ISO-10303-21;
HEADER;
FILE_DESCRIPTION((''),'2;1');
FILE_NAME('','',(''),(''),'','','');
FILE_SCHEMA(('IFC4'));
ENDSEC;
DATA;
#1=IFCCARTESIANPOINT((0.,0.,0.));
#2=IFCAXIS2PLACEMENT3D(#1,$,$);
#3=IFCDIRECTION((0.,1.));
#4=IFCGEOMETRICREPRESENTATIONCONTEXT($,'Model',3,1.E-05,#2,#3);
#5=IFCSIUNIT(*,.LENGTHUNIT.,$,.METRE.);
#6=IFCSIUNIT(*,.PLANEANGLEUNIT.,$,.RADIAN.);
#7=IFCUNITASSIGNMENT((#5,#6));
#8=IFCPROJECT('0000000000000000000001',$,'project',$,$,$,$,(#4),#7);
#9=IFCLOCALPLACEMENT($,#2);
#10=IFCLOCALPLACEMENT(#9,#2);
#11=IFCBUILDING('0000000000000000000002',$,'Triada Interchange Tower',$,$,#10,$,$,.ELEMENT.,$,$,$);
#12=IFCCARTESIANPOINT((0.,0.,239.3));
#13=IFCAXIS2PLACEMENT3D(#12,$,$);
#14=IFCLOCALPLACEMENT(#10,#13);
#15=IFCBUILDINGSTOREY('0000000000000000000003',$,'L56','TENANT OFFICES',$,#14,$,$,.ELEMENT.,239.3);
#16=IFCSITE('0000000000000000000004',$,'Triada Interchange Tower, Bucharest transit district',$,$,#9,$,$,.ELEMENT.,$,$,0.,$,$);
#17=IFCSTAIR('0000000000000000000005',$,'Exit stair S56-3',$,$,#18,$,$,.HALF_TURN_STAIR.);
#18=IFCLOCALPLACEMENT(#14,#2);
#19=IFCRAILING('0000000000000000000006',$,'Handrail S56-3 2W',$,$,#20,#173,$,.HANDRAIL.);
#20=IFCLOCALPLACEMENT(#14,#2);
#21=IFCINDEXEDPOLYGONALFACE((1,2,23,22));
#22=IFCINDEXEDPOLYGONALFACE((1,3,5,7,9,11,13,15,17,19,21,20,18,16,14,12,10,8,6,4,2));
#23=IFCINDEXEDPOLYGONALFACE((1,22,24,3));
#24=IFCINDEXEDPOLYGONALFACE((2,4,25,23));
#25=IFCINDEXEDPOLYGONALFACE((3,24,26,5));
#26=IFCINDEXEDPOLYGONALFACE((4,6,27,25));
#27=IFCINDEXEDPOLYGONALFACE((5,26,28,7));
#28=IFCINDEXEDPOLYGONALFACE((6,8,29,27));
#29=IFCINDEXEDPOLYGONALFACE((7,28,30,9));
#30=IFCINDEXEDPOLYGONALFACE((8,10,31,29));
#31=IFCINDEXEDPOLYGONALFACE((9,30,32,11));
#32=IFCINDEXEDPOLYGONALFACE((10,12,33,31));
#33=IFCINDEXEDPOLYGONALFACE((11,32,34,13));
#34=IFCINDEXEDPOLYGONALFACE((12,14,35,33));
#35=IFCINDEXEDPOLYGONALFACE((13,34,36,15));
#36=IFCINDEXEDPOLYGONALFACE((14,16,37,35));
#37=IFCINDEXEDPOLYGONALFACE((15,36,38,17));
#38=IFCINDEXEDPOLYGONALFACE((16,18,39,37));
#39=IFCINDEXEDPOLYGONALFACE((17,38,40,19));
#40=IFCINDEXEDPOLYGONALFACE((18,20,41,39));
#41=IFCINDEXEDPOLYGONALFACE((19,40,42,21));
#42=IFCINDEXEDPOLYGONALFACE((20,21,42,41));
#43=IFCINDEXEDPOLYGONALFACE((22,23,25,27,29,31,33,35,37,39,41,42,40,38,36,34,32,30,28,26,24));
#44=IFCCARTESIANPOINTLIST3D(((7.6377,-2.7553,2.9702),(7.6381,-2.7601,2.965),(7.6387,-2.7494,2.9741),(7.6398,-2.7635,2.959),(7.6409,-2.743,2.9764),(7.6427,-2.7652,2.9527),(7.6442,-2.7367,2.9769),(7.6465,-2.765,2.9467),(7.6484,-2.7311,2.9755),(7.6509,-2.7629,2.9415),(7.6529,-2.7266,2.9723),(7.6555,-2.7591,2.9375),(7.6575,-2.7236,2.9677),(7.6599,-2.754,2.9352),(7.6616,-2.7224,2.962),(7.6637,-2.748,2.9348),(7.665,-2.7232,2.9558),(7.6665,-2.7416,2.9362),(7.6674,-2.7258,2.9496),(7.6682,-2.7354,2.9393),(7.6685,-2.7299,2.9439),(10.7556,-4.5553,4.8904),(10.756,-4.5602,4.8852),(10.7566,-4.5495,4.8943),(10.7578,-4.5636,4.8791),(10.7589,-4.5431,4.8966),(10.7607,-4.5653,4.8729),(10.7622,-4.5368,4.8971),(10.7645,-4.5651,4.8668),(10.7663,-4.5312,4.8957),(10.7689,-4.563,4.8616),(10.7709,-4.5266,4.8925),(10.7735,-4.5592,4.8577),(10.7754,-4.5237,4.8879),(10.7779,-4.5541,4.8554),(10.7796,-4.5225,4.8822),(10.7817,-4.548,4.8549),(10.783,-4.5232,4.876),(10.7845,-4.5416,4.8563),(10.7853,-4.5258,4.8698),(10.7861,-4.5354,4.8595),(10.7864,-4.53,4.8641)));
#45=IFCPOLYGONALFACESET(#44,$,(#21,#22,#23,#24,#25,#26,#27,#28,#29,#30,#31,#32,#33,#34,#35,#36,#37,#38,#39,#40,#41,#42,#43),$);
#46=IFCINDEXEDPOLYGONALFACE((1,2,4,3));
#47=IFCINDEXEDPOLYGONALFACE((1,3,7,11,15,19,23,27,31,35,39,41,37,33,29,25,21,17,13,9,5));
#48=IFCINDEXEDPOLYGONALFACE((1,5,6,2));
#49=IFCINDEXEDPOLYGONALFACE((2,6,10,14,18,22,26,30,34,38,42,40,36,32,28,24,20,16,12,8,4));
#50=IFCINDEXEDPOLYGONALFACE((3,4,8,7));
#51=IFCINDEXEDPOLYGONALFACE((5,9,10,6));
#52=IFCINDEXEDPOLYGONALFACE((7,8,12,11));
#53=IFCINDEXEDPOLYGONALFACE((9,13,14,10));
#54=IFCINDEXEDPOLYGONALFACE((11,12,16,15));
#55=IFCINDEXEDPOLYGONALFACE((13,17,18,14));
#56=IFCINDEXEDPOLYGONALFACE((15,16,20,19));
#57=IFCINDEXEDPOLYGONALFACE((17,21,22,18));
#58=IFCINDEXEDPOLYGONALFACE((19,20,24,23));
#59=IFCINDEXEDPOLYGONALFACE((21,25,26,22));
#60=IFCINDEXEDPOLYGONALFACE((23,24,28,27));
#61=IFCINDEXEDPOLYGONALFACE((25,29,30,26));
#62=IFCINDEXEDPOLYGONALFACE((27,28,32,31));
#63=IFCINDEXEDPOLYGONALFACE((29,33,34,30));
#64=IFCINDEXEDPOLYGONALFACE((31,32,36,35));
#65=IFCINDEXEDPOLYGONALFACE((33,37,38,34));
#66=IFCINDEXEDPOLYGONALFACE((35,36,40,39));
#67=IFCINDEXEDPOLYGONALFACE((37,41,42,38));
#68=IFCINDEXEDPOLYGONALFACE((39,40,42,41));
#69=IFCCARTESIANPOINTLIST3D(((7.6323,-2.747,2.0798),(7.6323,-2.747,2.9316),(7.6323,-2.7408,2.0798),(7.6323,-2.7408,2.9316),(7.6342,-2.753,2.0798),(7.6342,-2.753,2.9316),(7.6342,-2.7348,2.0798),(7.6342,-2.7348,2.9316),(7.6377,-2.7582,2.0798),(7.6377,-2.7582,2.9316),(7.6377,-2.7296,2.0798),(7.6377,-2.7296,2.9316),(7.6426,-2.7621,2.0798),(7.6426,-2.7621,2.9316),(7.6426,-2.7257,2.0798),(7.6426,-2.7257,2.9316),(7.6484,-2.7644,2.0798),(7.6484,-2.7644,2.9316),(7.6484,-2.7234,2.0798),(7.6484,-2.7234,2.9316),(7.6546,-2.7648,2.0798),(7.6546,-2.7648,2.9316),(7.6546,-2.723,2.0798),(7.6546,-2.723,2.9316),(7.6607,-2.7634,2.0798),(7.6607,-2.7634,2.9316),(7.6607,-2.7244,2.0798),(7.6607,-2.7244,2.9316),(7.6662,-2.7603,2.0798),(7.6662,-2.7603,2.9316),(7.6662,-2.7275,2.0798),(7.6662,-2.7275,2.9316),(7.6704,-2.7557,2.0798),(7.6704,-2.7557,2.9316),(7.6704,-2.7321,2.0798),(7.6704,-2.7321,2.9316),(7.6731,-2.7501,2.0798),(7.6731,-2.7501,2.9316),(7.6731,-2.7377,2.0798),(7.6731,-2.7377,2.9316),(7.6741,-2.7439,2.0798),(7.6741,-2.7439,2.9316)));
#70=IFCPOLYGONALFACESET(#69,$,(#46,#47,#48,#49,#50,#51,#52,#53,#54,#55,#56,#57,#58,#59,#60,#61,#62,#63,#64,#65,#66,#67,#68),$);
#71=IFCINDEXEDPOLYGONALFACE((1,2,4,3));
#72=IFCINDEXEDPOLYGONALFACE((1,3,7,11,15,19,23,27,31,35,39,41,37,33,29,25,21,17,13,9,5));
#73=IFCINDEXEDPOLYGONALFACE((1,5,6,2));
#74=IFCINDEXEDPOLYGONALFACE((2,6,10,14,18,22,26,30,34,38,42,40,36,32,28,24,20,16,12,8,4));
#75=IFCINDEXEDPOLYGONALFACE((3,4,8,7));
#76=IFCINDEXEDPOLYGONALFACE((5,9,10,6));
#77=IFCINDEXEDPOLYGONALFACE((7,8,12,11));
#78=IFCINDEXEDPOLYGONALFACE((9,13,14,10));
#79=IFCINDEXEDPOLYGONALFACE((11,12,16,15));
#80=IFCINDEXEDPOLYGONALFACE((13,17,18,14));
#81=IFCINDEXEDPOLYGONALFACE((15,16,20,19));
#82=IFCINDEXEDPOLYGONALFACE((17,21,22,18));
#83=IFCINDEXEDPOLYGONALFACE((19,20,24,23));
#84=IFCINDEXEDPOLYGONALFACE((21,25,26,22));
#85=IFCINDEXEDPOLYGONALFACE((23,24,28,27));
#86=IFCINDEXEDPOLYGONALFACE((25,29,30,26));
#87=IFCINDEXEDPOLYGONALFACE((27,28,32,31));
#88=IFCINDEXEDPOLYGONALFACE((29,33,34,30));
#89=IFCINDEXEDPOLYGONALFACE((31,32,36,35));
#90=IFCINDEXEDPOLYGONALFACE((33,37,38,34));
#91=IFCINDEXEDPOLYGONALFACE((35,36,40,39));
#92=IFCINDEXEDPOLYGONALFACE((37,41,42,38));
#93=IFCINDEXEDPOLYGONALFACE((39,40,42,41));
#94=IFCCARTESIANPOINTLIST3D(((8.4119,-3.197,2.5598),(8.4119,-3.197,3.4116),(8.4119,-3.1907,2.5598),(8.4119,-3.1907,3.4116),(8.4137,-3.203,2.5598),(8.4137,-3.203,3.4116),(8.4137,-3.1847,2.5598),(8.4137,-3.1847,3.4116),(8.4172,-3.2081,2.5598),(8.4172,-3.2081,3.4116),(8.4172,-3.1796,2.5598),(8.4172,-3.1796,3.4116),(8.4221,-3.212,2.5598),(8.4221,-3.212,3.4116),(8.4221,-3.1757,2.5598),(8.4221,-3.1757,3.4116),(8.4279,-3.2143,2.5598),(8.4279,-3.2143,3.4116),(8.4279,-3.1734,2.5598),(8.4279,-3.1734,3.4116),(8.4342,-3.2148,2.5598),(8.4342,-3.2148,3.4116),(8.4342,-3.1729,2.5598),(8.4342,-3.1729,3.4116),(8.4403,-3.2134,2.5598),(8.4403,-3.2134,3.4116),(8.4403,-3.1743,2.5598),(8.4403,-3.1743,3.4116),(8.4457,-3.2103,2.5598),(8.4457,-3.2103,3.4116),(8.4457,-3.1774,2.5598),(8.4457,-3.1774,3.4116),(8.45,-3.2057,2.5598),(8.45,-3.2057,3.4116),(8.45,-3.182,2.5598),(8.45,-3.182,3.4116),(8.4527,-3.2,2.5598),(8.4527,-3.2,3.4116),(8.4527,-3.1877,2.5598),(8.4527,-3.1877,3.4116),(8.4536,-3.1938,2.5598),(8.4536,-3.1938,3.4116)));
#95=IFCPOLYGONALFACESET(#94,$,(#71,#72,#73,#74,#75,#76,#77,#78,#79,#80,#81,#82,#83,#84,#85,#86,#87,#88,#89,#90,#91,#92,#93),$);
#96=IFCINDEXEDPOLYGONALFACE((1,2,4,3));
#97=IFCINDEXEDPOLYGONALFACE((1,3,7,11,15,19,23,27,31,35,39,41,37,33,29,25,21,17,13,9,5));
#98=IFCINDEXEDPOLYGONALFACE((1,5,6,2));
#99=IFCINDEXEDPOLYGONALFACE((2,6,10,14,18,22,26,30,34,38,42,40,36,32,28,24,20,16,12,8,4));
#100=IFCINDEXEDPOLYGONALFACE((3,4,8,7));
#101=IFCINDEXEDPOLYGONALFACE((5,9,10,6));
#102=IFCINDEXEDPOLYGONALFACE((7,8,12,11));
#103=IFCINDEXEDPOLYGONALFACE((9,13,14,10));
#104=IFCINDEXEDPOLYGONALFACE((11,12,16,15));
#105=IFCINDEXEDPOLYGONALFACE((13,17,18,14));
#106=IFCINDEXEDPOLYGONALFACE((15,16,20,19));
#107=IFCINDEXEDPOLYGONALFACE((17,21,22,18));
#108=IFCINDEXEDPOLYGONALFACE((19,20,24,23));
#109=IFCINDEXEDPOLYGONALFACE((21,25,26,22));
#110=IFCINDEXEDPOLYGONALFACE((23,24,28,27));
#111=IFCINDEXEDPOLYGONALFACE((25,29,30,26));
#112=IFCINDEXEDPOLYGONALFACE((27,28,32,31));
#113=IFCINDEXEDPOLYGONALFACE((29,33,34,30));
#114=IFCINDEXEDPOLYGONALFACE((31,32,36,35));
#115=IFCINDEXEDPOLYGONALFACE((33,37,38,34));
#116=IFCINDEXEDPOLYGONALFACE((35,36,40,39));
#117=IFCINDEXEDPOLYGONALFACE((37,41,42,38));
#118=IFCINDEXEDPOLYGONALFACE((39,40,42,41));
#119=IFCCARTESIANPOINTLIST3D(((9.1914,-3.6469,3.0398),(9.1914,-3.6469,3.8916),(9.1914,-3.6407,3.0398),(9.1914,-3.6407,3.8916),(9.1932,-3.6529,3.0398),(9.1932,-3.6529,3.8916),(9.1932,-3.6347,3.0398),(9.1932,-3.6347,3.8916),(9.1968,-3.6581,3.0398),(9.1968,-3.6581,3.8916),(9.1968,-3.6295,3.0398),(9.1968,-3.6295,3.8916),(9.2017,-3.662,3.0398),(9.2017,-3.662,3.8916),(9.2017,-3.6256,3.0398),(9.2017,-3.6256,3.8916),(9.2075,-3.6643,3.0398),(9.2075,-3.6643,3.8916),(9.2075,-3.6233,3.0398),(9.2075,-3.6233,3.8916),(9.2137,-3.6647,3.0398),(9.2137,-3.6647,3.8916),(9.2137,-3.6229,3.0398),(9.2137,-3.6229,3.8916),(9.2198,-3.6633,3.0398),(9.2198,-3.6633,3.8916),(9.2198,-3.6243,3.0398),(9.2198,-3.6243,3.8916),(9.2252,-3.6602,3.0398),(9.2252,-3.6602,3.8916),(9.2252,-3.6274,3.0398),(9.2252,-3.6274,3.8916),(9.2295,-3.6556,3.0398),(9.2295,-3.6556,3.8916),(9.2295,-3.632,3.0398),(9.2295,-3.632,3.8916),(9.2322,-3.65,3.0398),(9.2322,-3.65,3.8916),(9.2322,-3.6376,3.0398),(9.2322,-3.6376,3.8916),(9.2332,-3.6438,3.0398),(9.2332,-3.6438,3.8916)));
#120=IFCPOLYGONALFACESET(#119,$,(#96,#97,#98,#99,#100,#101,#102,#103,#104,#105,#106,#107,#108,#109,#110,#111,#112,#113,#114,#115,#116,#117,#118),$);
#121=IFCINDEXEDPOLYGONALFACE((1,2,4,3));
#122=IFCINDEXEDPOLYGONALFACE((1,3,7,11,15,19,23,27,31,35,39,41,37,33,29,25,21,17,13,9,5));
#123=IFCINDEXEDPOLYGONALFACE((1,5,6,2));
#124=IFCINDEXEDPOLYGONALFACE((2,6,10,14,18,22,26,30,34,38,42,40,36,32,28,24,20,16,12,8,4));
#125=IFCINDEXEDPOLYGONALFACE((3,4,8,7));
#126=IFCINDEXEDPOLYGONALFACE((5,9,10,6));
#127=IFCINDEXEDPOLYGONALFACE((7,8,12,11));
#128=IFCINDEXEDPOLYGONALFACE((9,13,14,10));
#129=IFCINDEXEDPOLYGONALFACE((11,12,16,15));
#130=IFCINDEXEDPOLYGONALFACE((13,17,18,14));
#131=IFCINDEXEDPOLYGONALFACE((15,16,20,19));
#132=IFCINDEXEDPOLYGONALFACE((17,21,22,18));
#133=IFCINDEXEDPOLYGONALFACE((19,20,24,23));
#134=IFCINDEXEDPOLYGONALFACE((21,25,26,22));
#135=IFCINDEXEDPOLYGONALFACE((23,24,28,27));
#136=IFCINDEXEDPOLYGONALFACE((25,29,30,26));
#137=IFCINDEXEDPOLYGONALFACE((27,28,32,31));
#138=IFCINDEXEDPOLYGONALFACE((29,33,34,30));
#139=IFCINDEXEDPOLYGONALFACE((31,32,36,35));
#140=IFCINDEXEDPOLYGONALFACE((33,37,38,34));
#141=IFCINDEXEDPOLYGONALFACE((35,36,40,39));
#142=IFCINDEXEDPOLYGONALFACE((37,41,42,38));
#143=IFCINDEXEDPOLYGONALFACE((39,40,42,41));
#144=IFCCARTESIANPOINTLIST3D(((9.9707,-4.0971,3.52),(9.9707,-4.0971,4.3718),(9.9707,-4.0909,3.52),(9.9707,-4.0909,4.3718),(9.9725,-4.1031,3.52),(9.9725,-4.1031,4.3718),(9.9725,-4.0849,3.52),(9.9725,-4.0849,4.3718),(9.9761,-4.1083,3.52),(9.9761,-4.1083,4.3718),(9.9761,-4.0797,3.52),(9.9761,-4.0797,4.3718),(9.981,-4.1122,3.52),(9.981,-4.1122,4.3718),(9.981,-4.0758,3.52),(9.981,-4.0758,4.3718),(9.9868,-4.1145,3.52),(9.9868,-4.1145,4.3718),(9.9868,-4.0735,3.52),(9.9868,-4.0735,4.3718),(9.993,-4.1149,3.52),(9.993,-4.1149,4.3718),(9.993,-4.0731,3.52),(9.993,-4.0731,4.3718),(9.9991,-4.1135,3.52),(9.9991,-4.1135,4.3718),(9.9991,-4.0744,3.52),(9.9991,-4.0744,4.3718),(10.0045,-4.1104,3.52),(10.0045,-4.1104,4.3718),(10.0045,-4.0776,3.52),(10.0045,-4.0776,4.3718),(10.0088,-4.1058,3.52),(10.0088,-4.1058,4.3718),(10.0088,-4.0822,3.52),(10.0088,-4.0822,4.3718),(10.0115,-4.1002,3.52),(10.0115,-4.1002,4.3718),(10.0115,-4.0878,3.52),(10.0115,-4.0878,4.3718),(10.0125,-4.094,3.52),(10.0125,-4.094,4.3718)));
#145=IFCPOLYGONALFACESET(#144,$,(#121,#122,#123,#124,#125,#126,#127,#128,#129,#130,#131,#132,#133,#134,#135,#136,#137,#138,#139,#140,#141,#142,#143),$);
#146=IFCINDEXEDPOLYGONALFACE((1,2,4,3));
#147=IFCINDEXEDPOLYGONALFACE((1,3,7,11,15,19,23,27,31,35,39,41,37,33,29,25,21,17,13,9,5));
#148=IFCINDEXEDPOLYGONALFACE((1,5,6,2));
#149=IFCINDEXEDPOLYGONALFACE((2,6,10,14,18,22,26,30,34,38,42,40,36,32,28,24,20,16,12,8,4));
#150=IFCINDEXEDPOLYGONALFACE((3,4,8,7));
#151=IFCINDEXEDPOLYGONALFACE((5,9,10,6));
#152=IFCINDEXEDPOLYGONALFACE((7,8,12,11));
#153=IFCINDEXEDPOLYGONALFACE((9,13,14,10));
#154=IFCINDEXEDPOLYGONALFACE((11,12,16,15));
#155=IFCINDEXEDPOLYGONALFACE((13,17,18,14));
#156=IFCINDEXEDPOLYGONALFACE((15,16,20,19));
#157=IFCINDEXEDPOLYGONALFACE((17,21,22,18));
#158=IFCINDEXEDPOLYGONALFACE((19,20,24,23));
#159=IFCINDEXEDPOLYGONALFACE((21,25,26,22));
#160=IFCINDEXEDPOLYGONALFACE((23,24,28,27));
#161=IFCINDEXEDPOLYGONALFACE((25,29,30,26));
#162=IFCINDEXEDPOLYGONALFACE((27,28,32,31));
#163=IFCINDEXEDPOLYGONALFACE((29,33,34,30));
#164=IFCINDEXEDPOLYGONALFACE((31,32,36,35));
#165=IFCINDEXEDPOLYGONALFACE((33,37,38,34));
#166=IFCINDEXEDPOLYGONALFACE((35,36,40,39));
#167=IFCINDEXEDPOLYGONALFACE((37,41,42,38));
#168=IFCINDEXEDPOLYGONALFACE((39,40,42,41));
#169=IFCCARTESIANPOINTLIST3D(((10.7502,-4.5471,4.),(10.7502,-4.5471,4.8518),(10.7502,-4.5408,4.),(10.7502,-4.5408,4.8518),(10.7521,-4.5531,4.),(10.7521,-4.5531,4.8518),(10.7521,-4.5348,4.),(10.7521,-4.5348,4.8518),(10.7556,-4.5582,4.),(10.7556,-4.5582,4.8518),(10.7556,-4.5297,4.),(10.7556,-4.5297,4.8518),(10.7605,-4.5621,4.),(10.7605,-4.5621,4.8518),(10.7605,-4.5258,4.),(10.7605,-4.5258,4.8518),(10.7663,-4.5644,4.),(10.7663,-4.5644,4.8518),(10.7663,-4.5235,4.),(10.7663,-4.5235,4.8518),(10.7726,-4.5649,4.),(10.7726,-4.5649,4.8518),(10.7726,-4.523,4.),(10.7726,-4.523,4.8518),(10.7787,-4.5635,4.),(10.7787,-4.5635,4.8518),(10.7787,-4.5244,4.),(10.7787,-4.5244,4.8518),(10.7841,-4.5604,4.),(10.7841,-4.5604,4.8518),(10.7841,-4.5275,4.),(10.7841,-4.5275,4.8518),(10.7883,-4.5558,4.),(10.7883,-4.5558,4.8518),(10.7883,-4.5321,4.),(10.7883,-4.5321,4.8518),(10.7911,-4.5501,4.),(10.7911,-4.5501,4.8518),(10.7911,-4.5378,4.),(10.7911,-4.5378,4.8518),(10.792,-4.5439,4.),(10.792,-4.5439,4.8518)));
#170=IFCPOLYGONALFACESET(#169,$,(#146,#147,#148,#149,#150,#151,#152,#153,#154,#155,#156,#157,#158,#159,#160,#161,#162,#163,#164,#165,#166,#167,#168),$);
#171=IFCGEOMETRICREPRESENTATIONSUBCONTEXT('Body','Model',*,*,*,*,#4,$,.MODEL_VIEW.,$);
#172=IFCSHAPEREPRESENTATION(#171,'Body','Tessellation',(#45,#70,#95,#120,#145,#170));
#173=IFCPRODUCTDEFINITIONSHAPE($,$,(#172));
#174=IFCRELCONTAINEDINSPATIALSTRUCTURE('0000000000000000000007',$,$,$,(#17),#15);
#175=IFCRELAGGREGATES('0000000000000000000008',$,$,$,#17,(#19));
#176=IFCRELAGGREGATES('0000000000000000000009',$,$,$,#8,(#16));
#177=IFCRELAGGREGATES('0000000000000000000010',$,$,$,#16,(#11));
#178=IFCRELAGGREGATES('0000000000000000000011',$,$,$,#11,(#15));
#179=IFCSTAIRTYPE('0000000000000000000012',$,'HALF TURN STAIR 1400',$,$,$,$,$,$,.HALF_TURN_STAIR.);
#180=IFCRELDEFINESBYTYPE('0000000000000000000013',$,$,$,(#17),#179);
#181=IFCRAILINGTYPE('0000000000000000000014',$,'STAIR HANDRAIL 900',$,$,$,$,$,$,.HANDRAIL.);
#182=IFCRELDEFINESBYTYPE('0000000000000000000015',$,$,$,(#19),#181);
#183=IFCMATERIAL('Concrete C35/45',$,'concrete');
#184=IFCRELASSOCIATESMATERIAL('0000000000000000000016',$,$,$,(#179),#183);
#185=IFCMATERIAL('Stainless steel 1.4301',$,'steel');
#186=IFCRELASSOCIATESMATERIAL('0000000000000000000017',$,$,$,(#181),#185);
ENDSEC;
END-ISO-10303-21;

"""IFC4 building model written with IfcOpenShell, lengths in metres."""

from ifc_helpers import new_model, si_unit, direction, frame, origin, origin_2d, place, context, subcontext, project, spatial, circle, extrude, material, type_object, element, aggregate, save


model = new_model("IFC4")

# Units and contexts
model_context = context("Model", 3, precision=1e-05, world=origin(), true_north=direction((0.0, 1.0)))
body_context = subcontext(model_context, "Body", "Model", "MODEL_VIEW")
ifc_project = project(units=[si_unit("LENGTHUNIT", "METRE"), si_unit("PLANEANGLEUNIT", "RADIAN")], contexts=[model_context])

# Site, building, storey
site_placement = place(None, origin())
site = spatial("IfcSite", under=ifc_project, at=site_placement, Name="Triada Interchange Tower, Bucharest transit district", CompositionType="ELEMENT", RefElevation=0.0)
building_placement = place(site_placement, origin())
building = spatial("IfcBuilding", under=site, at=building_placement, Name="Triada Interchange Tower", CompositionType="ELEMENT")
storey_placement = place(building_placement, frame((0.0, 0.0, 239.3)))
storey = spatial("IfcBuildingStorey", under=building, at=storey_placement, Name="L56", Description="TENANT OFFICES", CompositionType="ELEMENT", Elevation=239.3)

# Stair, railing
ifc_material_1 = material(Name="Concrete C35/45", Category="concrete")
stair_type = type_object("IfcStairType", Name="HALF TURN STAIR 1400", PredefinedType="HALF_TURN_STAIR", material=ifc_material_1)
stair_placement = place(storey_placement, origin())
stair = element("IfcStair", 1, at=stair_placement, inside=storey, type_object=stair_type, Name="Exit stair S56-3", PredefinedType="HALF_TURN_STAIR")
ifc_material_2 = material(Name="Stainless steel 1.4301", Category="steel")
railing_type = type_object("IfcRailingType", Name="STAIR HANDRAIL 900", PredefinedType="HANDRAIL", material=ifc_material_2)
railing_1_placement = place(storey_placement, frame((7.6531, -2.7439, 2.0798)))
railing_1 = element("IfcRailing", 2, at=railing_1_placement, type_object=railing_type, Name="Handrail S56-3 2W", PredefinedType="HANDRAIL", context=body_context, shape_type="SweptSolid", body=[
    extrude(circle(Radius=0.0239, at=origin_2d()), frame((0.0, 0.0, 0.876), z_axis=(0.764145, -0.441159, 0.470597), x_axis=(0.499983, 0.866035, 0.0)), (0.0, 0.0, 1.0), 4.0803),
    extrude(circle(Radius=0.021, at=origin_2d()), origin(), (0.0, 0.0, 1.0), 0.8518),
    extrude(circle(Radius=0.021, at=origin_2d()), frame((0.7795, -0.45, 0.48)), (0.0, 0.0, 1.0), 0.8518),
    extrude(circle(Radius=0.021, at=origin_2d()), frame((1.5591, -0.8999, 0.96)), (0.0, 0.0, 1.0), 0.8518),
    extrude(circle(Radius=0.021, at=origin_2d()), frame((2.3384, -1.3501, 1.4402)), (0.0, 0.0, 1.0), 0.8518),
    extrude(circle(Radius=0.021, at=origin_2d()), frame((3.1179, -1.8, 1.9202)), (0.0, 0.0, 1.0), 0.8518),
])
aggregate(stair, [railing_1])

save(model, "model.ifc")
